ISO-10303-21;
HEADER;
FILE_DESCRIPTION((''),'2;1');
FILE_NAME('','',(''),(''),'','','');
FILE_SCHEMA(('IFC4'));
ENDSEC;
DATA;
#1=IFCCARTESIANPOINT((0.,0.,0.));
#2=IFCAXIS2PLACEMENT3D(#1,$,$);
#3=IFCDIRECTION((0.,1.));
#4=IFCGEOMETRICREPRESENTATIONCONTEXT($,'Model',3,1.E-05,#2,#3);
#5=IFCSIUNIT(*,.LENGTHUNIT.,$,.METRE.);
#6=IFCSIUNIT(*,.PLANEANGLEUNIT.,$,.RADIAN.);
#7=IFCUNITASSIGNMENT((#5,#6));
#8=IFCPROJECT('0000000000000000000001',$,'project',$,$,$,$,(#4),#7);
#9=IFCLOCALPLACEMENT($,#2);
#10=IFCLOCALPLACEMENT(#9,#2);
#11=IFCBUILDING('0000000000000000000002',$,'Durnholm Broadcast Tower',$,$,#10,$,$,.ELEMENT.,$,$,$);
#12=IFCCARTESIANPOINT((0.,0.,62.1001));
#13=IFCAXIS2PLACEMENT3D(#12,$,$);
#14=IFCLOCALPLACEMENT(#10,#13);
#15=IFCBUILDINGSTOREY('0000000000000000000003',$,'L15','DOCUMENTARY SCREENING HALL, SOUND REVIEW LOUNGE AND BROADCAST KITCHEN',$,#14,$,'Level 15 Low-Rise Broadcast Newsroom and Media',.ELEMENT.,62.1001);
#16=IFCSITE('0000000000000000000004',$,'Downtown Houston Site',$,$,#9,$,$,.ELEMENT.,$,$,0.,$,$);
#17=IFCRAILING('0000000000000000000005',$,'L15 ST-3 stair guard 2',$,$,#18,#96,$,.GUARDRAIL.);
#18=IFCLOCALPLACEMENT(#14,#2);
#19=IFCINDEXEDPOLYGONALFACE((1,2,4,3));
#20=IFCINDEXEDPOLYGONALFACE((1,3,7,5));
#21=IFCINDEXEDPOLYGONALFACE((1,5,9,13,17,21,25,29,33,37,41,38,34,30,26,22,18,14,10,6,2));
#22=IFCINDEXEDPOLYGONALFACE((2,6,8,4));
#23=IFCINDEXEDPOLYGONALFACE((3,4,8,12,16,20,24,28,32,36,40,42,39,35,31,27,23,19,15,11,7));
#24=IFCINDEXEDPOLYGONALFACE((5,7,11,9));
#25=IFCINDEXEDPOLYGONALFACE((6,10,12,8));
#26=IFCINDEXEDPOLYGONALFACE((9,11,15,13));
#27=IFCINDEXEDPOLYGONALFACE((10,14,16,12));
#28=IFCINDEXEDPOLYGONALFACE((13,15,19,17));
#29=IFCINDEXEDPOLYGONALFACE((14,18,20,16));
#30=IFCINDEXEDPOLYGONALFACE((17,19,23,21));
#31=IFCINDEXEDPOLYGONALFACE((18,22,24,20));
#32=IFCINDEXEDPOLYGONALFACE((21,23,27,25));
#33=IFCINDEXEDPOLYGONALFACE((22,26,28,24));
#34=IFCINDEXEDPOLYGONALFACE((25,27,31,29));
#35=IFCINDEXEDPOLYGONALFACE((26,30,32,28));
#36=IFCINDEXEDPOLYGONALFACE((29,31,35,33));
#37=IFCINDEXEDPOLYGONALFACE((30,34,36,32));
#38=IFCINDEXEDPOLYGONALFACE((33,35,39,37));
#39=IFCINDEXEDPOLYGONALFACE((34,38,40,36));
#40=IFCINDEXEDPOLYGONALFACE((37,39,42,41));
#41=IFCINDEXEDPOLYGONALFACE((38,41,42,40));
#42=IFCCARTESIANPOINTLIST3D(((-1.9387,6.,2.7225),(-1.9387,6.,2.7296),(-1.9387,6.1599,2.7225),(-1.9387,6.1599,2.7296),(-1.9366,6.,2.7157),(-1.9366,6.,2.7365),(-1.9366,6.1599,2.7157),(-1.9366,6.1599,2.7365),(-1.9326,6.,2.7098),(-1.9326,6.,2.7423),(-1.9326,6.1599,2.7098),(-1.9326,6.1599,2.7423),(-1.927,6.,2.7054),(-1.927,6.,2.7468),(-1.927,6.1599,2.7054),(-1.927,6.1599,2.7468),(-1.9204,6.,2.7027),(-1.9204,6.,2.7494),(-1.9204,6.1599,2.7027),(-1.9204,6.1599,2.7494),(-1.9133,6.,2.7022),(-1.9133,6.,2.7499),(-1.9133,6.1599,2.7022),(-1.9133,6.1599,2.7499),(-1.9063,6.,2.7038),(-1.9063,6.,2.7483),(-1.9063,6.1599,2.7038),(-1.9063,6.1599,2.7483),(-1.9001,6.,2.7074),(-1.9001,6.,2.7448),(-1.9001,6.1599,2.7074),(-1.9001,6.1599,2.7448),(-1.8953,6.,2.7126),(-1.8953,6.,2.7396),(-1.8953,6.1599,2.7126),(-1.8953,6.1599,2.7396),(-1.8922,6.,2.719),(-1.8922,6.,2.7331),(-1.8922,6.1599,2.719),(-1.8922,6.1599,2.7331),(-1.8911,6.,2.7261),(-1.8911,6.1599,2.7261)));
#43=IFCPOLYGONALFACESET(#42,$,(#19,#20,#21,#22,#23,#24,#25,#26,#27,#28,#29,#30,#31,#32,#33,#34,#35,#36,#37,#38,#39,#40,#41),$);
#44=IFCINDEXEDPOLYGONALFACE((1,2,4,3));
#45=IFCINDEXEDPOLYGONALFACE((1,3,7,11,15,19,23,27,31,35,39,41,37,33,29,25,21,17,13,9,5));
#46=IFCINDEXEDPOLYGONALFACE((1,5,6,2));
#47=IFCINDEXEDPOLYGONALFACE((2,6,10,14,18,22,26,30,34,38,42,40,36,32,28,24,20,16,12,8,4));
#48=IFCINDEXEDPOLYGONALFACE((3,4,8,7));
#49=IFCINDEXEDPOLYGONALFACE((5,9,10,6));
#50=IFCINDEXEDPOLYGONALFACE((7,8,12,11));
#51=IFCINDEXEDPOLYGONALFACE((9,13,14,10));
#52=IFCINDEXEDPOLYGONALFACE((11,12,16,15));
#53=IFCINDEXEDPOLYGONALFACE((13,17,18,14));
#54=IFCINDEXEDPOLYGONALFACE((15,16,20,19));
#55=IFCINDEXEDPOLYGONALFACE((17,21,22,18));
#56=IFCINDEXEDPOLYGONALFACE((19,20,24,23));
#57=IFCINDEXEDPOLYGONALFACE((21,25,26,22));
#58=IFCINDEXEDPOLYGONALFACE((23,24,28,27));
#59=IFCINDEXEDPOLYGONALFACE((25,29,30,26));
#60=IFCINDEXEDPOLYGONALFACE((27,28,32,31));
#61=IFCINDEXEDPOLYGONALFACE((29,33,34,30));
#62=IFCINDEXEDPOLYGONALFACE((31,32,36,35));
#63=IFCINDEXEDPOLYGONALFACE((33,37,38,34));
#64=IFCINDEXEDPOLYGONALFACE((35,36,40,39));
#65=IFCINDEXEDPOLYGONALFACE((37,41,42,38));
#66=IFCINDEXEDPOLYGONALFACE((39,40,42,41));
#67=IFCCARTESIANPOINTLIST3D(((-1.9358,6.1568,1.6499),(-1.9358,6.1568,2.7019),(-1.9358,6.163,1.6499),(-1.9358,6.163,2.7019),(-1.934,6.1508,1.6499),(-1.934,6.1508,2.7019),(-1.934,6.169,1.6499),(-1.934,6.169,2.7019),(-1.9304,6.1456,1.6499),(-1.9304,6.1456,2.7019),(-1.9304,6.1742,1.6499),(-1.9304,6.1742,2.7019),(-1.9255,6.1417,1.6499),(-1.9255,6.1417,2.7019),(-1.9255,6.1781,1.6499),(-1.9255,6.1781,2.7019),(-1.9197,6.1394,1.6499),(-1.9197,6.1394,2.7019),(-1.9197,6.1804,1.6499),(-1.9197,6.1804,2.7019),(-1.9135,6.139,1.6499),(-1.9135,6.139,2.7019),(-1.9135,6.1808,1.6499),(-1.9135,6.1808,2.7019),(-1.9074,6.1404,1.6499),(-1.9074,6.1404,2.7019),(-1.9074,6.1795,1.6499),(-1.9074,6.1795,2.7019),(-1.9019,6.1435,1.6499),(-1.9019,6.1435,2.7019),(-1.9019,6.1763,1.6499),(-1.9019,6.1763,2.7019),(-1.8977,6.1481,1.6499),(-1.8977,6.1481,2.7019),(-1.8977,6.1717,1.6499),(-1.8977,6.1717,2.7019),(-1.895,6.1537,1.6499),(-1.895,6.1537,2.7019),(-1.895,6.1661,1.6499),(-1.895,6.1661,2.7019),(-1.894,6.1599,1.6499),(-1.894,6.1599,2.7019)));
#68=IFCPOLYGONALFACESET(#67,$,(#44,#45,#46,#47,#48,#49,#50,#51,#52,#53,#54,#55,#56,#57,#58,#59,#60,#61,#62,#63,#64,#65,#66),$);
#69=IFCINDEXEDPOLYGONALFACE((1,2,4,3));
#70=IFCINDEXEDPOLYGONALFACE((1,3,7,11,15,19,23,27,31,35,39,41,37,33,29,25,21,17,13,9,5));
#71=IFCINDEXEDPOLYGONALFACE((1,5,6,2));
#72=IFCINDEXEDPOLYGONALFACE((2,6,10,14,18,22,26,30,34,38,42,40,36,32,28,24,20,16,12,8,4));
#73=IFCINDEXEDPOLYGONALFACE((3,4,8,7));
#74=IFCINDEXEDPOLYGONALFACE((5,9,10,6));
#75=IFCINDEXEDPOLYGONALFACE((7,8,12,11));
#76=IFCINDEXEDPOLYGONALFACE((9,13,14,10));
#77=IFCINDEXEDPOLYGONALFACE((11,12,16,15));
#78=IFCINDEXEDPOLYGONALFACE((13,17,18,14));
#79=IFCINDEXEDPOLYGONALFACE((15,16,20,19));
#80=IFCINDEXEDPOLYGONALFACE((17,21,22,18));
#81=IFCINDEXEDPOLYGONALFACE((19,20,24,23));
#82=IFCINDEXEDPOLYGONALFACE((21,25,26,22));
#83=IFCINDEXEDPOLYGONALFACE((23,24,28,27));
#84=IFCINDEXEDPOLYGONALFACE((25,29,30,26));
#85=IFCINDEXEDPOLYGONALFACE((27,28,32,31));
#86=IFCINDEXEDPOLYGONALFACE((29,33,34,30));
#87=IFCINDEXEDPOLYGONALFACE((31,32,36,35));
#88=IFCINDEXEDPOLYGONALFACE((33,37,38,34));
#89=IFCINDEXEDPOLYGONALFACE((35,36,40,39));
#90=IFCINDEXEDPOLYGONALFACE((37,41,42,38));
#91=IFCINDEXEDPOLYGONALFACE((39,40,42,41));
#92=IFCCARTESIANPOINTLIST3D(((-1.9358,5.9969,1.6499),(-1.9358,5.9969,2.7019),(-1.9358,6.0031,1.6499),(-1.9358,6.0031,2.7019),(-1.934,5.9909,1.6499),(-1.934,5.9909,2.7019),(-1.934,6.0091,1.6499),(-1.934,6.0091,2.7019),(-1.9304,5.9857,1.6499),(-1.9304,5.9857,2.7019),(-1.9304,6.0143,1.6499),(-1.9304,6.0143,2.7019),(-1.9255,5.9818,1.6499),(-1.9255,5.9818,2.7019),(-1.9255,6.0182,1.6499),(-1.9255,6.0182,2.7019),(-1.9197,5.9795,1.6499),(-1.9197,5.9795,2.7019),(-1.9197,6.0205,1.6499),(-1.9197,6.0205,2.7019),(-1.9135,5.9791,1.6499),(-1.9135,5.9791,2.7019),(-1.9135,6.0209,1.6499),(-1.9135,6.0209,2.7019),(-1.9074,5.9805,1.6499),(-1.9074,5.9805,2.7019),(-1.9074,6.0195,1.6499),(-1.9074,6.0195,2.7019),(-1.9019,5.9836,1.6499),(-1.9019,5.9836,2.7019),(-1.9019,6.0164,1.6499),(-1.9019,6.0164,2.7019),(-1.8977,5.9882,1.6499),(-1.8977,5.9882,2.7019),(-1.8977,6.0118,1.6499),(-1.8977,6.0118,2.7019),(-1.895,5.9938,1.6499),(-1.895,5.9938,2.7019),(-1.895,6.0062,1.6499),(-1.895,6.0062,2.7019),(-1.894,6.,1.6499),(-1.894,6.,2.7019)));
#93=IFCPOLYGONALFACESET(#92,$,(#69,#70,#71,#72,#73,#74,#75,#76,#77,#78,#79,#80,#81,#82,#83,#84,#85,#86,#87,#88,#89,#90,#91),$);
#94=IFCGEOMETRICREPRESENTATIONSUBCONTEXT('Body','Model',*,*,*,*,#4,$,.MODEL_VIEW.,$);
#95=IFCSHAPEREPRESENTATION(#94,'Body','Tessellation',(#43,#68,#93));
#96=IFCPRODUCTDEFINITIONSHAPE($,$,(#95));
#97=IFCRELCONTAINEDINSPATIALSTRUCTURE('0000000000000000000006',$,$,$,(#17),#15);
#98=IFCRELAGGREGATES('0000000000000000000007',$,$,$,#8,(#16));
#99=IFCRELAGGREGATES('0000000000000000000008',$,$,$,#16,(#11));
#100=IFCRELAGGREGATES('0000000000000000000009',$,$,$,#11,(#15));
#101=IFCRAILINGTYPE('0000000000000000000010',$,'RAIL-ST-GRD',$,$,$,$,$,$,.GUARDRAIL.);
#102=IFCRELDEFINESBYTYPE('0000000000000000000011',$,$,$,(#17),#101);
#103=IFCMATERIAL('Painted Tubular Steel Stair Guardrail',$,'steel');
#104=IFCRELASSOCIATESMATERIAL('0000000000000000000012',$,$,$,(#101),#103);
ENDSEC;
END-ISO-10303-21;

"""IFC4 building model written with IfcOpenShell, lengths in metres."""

from ifc_helpers import new_model, si_unit, direction, frame, origin, origin_2d, place, context, subcontext, project, spatial, circle, extrude, material, type_object, element, save


model = new_model("IFC4")

# Units and contexts
model_context = context("Model", 3, precision=1e-05, world=origin(), true_north=direction((0.0, 1.0)))
body_context = subcontext(model_context, "Body", "Model", "MODEL_VIEW")
ifc_project = project(units=[si_unit("LENGTHUNIT", "METRE"), si_unit("PLANEANGLEUNIT", "RADIAN")], contexts=[model_context])

# Site, building, storey
site_placement = place(None, origin())
site = spatial("IfcSite", under=ifc_project, at=site_placement, Name="Downtown Houston Site", CompositionType="ELEMENT", RefElevation=0.0)
building_placement = place(site_placement, origin())
building = spatial("IfcBuilding", under=site, at=building_placement, Name="Durnholm Broadcast Tower", CompositionType="ELEMENT")
storey_placement = place(building_placement, frame((0.0, 0.0, 62.1001)))
storey = spatial("IfcBuildingStorey", under=building, at=storey_placement, Name="L15", Description="DOCUMENTARY SCREENING HALL, SOUND REVIEW LOUNGE AND BROADCAST KITCHEN", LongName="Level 15 Low-Rise Broadcast Newsroom and Media", CompositionType="ELEMENT", Elevation=62.1001)

# Railing
ifc_material_1 = material(Name="Painted Tubular Steel Stair Guardrail", Category="steel")
railing_type_1 = type_object("IfcRailingType", Name="RAIL-ST-GRD", PredefinedType="GUARDRAIL", material=ifc_material_1)
railing_1_placement = place(storey_placement, frame((-1.915, 6.1599, 1.6499)))
element("IfcRailing", 1, at=railing_1_placement, inside=storey, type_object=railing_type_1, Name="L15 ST-3 stair guard 2", PredefinedType="GUARDRAIL", context=body_context, shape_type="SweptSolid", body=[
    extrude(circle(Radius=0.0239, at=origin_2d()), frame((0.0, 0.0, 1.0762), z_axis=(0.0, -1.0, 0.0), x_axis=(1.0, 0.0, 0.0)), (0.0, 0.0, 1.0), 0.1599),
    extrude(circle(Radius=0.021, at=origin_2d()), origin(), (0.0, 0.0, 1.0), 1.052),
    extrude(circle(Radius=0.021, at=origin_2d()), frame((0.0, -0.1599, 0.0)), (0.0, 0.0, 1.0), 1.052),
])

save(model, "model.ifc")
